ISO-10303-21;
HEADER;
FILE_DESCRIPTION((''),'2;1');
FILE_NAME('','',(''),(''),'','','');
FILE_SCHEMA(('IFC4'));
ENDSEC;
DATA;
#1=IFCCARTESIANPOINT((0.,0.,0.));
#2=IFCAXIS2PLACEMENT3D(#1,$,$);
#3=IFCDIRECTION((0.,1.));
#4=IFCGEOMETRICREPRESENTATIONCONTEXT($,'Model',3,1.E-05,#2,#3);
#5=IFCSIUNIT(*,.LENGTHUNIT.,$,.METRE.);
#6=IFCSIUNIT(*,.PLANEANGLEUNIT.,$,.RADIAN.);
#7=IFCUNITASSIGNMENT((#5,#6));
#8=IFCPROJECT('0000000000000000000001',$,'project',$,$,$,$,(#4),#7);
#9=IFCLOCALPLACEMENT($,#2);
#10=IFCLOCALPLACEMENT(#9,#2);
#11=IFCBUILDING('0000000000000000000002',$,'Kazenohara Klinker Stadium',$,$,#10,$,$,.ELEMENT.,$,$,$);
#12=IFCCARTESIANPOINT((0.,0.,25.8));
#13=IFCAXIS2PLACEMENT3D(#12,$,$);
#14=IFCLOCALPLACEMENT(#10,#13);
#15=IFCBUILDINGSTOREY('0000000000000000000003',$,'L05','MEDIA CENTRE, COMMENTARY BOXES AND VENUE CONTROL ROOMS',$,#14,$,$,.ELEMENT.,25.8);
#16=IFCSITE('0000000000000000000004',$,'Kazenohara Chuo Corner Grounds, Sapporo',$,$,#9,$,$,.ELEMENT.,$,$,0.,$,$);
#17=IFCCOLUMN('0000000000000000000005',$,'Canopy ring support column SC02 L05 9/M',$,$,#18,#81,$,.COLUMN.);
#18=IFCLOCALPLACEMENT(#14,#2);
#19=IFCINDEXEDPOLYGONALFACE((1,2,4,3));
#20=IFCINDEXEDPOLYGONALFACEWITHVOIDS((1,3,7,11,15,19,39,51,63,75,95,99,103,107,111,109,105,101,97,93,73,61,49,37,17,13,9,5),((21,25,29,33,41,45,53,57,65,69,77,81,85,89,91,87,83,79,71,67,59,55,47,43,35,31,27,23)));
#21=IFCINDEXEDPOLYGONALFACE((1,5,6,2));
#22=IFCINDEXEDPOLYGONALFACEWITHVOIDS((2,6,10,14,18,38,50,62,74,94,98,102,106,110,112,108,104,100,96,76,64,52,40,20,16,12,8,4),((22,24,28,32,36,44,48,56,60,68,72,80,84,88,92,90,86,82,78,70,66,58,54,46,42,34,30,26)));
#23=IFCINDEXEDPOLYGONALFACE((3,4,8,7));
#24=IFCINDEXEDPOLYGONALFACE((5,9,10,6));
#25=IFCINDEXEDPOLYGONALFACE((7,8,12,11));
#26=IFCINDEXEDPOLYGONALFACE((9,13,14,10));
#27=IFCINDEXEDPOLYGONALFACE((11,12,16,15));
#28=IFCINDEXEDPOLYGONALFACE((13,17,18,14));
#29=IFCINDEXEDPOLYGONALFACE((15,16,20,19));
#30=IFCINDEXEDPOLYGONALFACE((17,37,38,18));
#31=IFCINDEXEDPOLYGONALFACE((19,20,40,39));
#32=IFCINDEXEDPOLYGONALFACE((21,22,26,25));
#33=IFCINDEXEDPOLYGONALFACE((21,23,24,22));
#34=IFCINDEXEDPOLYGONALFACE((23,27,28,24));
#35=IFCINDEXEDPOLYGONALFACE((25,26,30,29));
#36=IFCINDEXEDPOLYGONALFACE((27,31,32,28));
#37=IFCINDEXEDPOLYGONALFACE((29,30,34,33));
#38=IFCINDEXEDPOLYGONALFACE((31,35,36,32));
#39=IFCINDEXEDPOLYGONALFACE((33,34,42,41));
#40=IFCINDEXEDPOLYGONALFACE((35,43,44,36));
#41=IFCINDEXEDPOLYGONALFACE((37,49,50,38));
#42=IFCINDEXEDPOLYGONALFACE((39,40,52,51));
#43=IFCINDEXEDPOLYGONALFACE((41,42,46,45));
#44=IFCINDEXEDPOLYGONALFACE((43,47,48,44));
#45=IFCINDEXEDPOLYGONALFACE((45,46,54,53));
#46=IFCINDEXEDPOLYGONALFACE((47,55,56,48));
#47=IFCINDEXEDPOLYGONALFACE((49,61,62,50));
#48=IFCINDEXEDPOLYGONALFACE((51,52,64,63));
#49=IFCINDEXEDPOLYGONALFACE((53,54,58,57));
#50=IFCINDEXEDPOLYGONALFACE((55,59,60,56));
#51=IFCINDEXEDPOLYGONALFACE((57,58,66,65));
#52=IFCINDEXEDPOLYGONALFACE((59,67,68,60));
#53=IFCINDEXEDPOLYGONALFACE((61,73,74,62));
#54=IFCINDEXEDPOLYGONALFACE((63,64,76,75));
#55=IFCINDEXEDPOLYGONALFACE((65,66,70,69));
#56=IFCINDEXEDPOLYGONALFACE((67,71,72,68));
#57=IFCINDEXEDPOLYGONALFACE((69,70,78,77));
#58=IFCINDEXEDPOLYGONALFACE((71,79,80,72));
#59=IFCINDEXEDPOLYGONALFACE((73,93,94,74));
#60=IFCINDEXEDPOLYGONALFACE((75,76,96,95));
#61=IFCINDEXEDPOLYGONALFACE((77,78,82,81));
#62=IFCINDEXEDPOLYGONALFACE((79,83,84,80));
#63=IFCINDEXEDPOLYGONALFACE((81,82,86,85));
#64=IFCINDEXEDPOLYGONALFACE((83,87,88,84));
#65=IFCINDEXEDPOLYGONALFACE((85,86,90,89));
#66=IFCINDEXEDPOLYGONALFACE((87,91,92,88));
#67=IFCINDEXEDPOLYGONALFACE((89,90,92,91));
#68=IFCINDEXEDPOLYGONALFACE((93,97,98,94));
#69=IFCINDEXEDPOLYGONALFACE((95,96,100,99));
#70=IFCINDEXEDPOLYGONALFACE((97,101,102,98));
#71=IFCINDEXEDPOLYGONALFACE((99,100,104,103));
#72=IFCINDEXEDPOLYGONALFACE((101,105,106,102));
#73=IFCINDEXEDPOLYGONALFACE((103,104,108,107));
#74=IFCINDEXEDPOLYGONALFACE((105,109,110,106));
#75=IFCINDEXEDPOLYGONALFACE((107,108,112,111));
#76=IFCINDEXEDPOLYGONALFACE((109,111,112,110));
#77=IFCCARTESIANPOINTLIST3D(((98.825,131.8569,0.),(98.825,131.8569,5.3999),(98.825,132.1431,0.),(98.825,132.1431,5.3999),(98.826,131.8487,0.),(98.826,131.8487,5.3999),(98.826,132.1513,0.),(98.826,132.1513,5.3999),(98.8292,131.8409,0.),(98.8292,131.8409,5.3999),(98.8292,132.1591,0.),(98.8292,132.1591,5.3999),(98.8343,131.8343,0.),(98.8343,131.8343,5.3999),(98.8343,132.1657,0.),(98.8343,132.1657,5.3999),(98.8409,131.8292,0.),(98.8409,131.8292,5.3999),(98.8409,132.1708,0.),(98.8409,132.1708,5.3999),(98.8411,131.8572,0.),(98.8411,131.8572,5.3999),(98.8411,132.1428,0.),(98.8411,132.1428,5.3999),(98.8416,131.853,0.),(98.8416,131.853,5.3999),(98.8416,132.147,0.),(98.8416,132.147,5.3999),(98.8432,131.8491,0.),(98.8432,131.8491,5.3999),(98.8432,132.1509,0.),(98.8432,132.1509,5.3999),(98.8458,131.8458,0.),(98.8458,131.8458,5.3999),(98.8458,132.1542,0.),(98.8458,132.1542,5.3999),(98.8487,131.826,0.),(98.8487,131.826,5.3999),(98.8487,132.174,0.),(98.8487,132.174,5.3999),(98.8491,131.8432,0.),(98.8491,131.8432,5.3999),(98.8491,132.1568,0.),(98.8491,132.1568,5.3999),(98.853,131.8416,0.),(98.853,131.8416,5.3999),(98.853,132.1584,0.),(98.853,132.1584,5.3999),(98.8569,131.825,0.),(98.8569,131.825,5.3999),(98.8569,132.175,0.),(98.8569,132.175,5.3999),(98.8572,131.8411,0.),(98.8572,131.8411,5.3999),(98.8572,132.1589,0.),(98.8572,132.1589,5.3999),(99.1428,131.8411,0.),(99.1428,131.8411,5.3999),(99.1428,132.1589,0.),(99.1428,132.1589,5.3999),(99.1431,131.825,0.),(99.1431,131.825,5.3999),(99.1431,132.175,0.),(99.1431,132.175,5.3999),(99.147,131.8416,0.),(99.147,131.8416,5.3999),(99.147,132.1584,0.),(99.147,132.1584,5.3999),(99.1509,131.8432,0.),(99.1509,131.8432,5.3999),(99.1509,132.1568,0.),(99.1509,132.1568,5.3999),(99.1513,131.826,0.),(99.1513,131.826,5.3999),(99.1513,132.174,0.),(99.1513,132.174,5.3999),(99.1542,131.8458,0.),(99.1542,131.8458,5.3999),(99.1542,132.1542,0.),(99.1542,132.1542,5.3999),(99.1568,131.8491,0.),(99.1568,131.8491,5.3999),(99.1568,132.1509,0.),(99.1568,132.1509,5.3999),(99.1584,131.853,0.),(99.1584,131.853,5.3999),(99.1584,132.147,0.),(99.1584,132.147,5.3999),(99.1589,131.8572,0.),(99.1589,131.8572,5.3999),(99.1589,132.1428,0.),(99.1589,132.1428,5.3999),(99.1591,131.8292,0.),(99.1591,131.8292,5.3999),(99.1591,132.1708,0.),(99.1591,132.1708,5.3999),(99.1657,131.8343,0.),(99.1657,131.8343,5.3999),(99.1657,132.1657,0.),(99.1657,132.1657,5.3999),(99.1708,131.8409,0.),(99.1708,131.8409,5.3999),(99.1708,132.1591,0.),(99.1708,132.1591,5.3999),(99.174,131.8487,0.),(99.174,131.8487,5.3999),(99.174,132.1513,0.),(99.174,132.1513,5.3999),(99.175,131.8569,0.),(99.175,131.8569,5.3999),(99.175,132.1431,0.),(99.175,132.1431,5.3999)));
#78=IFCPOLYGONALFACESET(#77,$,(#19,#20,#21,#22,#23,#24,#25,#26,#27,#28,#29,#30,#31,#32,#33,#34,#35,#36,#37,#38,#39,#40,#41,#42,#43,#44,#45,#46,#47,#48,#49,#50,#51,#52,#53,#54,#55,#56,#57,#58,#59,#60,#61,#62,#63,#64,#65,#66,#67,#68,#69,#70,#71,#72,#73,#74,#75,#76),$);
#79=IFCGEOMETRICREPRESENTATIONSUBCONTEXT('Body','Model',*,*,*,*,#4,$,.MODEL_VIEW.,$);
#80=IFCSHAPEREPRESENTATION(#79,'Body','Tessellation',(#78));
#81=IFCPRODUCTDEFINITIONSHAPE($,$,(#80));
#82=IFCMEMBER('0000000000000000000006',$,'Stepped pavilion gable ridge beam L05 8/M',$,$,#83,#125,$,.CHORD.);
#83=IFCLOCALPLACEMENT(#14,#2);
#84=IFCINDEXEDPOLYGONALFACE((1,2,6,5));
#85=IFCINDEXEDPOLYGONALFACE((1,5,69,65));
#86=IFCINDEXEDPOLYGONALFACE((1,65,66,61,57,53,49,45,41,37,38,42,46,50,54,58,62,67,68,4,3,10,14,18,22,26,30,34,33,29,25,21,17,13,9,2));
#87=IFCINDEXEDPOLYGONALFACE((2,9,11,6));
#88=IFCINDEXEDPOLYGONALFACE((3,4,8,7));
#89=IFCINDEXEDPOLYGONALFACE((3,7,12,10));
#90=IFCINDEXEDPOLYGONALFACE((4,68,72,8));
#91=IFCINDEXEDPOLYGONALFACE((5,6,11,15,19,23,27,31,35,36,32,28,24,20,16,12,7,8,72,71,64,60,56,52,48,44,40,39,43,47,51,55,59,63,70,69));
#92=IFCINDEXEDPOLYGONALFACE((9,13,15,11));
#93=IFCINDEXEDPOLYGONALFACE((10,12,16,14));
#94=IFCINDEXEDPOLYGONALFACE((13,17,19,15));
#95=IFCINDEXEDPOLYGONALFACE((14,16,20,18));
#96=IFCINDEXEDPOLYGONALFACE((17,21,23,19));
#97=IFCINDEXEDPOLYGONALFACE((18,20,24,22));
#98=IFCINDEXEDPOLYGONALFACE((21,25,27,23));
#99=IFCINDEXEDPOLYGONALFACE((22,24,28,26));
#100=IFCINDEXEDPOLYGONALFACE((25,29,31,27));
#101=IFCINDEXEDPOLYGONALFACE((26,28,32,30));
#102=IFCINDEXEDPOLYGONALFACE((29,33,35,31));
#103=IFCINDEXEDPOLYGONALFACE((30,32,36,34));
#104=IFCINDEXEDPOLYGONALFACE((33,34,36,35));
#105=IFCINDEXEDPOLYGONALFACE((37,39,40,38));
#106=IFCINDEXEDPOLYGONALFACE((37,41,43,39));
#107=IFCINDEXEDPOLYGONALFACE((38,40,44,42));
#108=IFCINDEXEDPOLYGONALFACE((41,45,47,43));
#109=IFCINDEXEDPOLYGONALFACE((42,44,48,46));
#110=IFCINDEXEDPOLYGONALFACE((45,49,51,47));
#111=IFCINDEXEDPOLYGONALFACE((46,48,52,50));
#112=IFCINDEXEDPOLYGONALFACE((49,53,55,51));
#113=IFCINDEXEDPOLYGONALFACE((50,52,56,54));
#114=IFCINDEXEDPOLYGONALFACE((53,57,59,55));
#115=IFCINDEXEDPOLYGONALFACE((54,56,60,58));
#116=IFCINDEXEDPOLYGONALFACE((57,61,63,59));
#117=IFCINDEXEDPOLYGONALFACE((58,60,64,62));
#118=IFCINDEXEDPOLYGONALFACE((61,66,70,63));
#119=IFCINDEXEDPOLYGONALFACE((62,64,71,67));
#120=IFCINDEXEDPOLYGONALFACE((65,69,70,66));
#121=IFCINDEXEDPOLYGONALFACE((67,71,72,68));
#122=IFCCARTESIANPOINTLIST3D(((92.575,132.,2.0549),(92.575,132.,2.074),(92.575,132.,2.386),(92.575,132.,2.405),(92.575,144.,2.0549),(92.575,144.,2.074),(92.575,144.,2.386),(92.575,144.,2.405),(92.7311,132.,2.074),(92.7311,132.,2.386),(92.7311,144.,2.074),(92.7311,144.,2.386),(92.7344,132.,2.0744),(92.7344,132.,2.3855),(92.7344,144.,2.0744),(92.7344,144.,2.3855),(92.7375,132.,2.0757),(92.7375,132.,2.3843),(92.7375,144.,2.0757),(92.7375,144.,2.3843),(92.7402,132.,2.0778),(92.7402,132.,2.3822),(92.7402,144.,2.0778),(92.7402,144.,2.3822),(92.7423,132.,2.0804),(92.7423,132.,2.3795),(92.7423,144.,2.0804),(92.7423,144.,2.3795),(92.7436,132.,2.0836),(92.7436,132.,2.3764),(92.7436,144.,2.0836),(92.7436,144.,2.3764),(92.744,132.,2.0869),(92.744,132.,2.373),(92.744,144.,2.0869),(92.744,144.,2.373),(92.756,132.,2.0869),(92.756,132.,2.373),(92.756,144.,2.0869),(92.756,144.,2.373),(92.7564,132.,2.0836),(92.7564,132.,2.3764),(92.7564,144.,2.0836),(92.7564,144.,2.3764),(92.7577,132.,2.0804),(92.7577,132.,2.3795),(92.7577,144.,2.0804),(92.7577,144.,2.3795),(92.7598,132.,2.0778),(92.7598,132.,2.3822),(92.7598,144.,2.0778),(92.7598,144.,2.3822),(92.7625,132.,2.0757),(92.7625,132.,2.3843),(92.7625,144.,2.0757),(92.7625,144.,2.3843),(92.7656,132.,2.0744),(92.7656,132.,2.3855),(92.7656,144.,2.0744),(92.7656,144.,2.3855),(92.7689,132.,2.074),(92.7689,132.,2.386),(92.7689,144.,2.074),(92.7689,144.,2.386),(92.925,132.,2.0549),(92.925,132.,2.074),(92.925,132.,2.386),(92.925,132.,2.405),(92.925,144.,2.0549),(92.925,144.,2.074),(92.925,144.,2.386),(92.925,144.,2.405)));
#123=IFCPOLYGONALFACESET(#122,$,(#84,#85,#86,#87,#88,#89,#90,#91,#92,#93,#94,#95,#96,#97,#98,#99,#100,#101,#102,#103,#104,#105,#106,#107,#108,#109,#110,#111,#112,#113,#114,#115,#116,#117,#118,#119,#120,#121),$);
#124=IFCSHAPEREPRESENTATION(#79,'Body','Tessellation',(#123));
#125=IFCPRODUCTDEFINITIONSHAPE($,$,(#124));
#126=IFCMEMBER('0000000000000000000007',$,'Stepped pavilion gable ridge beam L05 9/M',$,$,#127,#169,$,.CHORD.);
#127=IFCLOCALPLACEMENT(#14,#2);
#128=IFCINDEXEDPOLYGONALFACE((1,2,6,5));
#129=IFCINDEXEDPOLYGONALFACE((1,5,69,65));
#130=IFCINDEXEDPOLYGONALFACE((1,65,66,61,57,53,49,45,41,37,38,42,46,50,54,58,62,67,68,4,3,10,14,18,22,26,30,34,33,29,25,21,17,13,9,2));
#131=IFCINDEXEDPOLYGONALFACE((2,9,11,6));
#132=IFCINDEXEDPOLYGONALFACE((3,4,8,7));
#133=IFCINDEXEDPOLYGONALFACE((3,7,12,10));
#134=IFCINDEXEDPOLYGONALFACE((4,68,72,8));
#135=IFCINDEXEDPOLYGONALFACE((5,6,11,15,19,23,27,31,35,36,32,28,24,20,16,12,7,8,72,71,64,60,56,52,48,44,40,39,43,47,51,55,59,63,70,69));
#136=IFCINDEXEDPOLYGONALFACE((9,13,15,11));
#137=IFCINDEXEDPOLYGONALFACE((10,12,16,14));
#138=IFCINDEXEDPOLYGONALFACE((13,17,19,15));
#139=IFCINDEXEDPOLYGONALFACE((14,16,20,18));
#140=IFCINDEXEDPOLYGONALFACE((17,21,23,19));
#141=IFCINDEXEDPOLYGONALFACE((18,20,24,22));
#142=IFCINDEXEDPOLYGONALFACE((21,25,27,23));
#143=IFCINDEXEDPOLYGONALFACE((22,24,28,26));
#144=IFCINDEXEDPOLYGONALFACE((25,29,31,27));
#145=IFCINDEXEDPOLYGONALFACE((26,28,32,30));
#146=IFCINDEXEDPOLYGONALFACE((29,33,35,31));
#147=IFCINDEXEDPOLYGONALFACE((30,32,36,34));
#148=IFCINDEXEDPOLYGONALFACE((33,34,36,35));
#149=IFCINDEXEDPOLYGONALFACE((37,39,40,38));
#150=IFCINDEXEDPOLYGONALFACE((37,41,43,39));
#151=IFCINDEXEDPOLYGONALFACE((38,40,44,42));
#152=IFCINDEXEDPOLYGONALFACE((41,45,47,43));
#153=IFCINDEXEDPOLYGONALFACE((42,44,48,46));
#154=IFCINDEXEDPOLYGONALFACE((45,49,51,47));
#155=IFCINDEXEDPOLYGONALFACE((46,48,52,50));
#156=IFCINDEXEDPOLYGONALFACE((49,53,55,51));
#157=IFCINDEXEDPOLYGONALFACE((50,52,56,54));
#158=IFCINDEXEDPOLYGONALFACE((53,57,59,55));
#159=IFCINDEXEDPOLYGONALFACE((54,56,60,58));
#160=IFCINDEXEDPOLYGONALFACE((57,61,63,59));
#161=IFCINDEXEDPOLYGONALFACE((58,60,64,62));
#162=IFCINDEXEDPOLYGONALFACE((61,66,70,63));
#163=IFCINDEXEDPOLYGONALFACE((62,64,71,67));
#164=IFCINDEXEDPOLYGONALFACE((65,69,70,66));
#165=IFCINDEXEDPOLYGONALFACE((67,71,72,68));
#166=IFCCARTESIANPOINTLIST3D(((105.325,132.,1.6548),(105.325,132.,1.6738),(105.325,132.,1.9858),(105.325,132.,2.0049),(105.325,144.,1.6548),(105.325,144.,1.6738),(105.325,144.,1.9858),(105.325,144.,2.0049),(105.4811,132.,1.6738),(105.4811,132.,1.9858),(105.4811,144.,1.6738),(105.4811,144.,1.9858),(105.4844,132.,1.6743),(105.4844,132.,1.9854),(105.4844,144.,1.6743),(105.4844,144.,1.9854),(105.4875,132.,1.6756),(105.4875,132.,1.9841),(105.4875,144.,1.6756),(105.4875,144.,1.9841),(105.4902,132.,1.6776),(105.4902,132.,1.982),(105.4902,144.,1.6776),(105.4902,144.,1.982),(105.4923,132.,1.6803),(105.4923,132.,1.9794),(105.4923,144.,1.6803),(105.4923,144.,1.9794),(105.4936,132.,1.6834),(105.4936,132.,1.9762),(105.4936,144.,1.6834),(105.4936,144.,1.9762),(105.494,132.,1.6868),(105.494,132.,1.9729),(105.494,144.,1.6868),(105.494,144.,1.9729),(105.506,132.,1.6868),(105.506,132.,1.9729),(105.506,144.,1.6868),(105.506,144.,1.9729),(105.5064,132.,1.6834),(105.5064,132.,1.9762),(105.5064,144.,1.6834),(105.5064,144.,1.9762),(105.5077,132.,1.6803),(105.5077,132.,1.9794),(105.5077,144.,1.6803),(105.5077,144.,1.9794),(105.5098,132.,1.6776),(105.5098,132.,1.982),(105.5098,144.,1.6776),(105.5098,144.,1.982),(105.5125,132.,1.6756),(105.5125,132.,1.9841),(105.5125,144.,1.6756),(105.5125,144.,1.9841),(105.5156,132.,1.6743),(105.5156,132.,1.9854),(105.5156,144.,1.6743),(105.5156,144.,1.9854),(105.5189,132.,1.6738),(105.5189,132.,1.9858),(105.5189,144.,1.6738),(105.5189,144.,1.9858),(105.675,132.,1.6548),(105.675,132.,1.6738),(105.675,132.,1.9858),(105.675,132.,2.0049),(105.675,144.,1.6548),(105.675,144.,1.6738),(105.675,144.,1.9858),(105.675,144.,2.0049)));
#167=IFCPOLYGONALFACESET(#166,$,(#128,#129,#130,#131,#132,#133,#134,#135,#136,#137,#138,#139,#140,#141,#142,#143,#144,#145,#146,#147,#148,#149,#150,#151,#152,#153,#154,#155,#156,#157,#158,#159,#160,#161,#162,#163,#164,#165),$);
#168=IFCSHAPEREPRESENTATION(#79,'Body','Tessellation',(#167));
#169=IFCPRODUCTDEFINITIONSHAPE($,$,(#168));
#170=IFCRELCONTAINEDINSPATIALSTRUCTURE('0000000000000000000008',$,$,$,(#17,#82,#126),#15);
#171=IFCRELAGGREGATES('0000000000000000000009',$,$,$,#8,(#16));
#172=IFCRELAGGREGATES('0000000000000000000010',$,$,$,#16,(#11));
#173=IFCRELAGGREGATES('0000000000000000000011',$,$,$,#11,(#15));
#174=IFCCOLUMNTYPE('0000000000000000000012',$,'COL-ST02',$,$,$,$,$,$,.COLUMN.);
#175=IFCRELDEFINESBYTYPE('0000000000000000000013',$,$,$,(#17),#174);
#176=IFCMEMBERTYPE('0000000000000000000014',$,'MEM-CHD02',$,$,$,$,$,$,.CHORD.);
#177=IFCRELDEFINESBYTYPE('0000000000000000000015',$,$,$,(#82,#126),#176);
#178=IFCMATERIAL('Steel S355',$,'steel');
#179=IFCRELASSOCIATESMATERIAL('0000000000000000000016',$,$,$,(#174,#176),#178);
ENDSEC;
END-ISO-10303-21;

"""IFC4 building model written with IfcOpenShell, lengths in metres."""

from ifc_helpers import new_model, si_unit, direction, frame, origin, origin_2d, place, context, subcontext, project, spatial, hollow_rectangle, i_section, extrude, material, material_profile, profile_set, type_object, element, save


model = new_model("IFC4")

# Units and contexts
model_context = context("Model", 3, precision=1e-05, world=origin(), true_north=direction((0.0, 1.0)))
body_context = subcontext(model_context, "Body", "Model", "MODEL_VIEW")
ifc_project = project(units=[si_unit("LENGTHUNIT", "METRE"), si_unit("PLANEANGLEUNIT", "RADIAN")], contexts=[model_context])

# Site, building, storey
site_placement = place(None, origin())
site = spatial("IfcSite", under=ifc_project, at=site_placement, Name="Kazenohara Chuo Corner Grounds, Sapporo", CompositionType="ELEMENT", RefElevation=0.0)
building_placement = place(site_placement, origin())
building = spatial("IfcBuilding", under=site, at=building_placement, Name="Kazenohara Klinker Stadium", CompositionType="ELEMENT")
storey_placement = place(building_placement, frame((0.0, 0.0, 25.8)))
storey = spatial("IfcBuildingStorey", under=building, at=storey_placement, Name="L05", Description="MEDIA CENTRE, COMMENTARY BOXES AND VENUE CONTROL ROOMS", CompositionType="ELEMENT", Elevation=25.8)

# Column
ifc_material_1 = material(Name="Steel S355", Category="steel")
ifc_material_profile_1 = material_profile(ifc_material_1, hollow_rectangle(XDim=0.3501, YDim=0.3501, WallThickness=0.0161, InnerFilletRadius=0.0161, OuterFilletRadius=0.032, at=origin_2d()), Name="SHS-350x350x16")
ifc_profile_set_1 = profile_set([ifc_material_profile_1], Name="Steel S355")
column_type_1 = type_object("IfcColumnType", Name="COL-ST02", PredefinedType="COLUMN", material=ifc_profile_set_1)
column_placement = place(storey_placement, frame((99.0, 132.0, 0.0), z_axis=(0.0, 0.0, 1.0), x_axis=(1.0, 0.0, 0.0)))
element("IfcColumn", 1, at=column_placement, inside=storey, type_object=column_type_1, Name="Canopy ring support column SC02 L05 9/M", PredefinedType="COLUMN", context=body_context, shape_type="SweptSolid", body=[
    extrude(hollow_rectangle(XDim=0.3501, YDim=0.3501, WallThickness=0.0161, InnerFilletRadius=0.0161, OuterFilletRadius=0.032, at=origin_2d()), origin(), (0.0, 0.0, 1.0), 5.3999),
])

# Members
ifc_material_profile_2 = material_profile(ifc_material_1, i_section(OverallWidth=0.3501, OverallDepth=0.3501, WebThickness=0.012, FlangeThickness=0.019, FilletRadius=0.0129, at=origin_2d()), Name="H-350x350x12x19")
ifc_profile_set_2 = profile_set([ifc_material_profile_2], Name="Steel S355")
member_type_1 = type_object("IfcMemberType", Name="MEM-CHD02", PredefinedType="CHORD", material=ifc_profile_set_2)
for number, where, z_axis, x_axis, name in (
    (2, (92.75, 132.0, 2.23), (0.0, 1.0, 0.0), (-1.0, 0.0, 0.0), "Stepped pavilion gable ridge beam L05 8/M"),
    (3, (105.5, 132.0, 1.8298), (0.0, 1.0, 0.0), (-1.0, 0.0, 0.0), "Stepped pavilion gable ridge beam L05 9/M"),
):
    element("IfcMember", number, at=place(storey_placement, frame(where, z_axis=z_axis, x_axis=x_axis)), inside=storey, type_object=member_type_1, Name=name, PredefinedType="CHORD", context=body_context, shape_type="SweptSolid", body=[
        extrude(i_section(OverallWidth=0.3501, OverallDepth=0.3501, WebThickness=0.012, FlangeThickness=0.019, FilletRadius=0.0129, at=origin_2d()), origin(), (0.0, 0.0, 1.0), 12.0),
    ])

save(model, "model.ifc")
